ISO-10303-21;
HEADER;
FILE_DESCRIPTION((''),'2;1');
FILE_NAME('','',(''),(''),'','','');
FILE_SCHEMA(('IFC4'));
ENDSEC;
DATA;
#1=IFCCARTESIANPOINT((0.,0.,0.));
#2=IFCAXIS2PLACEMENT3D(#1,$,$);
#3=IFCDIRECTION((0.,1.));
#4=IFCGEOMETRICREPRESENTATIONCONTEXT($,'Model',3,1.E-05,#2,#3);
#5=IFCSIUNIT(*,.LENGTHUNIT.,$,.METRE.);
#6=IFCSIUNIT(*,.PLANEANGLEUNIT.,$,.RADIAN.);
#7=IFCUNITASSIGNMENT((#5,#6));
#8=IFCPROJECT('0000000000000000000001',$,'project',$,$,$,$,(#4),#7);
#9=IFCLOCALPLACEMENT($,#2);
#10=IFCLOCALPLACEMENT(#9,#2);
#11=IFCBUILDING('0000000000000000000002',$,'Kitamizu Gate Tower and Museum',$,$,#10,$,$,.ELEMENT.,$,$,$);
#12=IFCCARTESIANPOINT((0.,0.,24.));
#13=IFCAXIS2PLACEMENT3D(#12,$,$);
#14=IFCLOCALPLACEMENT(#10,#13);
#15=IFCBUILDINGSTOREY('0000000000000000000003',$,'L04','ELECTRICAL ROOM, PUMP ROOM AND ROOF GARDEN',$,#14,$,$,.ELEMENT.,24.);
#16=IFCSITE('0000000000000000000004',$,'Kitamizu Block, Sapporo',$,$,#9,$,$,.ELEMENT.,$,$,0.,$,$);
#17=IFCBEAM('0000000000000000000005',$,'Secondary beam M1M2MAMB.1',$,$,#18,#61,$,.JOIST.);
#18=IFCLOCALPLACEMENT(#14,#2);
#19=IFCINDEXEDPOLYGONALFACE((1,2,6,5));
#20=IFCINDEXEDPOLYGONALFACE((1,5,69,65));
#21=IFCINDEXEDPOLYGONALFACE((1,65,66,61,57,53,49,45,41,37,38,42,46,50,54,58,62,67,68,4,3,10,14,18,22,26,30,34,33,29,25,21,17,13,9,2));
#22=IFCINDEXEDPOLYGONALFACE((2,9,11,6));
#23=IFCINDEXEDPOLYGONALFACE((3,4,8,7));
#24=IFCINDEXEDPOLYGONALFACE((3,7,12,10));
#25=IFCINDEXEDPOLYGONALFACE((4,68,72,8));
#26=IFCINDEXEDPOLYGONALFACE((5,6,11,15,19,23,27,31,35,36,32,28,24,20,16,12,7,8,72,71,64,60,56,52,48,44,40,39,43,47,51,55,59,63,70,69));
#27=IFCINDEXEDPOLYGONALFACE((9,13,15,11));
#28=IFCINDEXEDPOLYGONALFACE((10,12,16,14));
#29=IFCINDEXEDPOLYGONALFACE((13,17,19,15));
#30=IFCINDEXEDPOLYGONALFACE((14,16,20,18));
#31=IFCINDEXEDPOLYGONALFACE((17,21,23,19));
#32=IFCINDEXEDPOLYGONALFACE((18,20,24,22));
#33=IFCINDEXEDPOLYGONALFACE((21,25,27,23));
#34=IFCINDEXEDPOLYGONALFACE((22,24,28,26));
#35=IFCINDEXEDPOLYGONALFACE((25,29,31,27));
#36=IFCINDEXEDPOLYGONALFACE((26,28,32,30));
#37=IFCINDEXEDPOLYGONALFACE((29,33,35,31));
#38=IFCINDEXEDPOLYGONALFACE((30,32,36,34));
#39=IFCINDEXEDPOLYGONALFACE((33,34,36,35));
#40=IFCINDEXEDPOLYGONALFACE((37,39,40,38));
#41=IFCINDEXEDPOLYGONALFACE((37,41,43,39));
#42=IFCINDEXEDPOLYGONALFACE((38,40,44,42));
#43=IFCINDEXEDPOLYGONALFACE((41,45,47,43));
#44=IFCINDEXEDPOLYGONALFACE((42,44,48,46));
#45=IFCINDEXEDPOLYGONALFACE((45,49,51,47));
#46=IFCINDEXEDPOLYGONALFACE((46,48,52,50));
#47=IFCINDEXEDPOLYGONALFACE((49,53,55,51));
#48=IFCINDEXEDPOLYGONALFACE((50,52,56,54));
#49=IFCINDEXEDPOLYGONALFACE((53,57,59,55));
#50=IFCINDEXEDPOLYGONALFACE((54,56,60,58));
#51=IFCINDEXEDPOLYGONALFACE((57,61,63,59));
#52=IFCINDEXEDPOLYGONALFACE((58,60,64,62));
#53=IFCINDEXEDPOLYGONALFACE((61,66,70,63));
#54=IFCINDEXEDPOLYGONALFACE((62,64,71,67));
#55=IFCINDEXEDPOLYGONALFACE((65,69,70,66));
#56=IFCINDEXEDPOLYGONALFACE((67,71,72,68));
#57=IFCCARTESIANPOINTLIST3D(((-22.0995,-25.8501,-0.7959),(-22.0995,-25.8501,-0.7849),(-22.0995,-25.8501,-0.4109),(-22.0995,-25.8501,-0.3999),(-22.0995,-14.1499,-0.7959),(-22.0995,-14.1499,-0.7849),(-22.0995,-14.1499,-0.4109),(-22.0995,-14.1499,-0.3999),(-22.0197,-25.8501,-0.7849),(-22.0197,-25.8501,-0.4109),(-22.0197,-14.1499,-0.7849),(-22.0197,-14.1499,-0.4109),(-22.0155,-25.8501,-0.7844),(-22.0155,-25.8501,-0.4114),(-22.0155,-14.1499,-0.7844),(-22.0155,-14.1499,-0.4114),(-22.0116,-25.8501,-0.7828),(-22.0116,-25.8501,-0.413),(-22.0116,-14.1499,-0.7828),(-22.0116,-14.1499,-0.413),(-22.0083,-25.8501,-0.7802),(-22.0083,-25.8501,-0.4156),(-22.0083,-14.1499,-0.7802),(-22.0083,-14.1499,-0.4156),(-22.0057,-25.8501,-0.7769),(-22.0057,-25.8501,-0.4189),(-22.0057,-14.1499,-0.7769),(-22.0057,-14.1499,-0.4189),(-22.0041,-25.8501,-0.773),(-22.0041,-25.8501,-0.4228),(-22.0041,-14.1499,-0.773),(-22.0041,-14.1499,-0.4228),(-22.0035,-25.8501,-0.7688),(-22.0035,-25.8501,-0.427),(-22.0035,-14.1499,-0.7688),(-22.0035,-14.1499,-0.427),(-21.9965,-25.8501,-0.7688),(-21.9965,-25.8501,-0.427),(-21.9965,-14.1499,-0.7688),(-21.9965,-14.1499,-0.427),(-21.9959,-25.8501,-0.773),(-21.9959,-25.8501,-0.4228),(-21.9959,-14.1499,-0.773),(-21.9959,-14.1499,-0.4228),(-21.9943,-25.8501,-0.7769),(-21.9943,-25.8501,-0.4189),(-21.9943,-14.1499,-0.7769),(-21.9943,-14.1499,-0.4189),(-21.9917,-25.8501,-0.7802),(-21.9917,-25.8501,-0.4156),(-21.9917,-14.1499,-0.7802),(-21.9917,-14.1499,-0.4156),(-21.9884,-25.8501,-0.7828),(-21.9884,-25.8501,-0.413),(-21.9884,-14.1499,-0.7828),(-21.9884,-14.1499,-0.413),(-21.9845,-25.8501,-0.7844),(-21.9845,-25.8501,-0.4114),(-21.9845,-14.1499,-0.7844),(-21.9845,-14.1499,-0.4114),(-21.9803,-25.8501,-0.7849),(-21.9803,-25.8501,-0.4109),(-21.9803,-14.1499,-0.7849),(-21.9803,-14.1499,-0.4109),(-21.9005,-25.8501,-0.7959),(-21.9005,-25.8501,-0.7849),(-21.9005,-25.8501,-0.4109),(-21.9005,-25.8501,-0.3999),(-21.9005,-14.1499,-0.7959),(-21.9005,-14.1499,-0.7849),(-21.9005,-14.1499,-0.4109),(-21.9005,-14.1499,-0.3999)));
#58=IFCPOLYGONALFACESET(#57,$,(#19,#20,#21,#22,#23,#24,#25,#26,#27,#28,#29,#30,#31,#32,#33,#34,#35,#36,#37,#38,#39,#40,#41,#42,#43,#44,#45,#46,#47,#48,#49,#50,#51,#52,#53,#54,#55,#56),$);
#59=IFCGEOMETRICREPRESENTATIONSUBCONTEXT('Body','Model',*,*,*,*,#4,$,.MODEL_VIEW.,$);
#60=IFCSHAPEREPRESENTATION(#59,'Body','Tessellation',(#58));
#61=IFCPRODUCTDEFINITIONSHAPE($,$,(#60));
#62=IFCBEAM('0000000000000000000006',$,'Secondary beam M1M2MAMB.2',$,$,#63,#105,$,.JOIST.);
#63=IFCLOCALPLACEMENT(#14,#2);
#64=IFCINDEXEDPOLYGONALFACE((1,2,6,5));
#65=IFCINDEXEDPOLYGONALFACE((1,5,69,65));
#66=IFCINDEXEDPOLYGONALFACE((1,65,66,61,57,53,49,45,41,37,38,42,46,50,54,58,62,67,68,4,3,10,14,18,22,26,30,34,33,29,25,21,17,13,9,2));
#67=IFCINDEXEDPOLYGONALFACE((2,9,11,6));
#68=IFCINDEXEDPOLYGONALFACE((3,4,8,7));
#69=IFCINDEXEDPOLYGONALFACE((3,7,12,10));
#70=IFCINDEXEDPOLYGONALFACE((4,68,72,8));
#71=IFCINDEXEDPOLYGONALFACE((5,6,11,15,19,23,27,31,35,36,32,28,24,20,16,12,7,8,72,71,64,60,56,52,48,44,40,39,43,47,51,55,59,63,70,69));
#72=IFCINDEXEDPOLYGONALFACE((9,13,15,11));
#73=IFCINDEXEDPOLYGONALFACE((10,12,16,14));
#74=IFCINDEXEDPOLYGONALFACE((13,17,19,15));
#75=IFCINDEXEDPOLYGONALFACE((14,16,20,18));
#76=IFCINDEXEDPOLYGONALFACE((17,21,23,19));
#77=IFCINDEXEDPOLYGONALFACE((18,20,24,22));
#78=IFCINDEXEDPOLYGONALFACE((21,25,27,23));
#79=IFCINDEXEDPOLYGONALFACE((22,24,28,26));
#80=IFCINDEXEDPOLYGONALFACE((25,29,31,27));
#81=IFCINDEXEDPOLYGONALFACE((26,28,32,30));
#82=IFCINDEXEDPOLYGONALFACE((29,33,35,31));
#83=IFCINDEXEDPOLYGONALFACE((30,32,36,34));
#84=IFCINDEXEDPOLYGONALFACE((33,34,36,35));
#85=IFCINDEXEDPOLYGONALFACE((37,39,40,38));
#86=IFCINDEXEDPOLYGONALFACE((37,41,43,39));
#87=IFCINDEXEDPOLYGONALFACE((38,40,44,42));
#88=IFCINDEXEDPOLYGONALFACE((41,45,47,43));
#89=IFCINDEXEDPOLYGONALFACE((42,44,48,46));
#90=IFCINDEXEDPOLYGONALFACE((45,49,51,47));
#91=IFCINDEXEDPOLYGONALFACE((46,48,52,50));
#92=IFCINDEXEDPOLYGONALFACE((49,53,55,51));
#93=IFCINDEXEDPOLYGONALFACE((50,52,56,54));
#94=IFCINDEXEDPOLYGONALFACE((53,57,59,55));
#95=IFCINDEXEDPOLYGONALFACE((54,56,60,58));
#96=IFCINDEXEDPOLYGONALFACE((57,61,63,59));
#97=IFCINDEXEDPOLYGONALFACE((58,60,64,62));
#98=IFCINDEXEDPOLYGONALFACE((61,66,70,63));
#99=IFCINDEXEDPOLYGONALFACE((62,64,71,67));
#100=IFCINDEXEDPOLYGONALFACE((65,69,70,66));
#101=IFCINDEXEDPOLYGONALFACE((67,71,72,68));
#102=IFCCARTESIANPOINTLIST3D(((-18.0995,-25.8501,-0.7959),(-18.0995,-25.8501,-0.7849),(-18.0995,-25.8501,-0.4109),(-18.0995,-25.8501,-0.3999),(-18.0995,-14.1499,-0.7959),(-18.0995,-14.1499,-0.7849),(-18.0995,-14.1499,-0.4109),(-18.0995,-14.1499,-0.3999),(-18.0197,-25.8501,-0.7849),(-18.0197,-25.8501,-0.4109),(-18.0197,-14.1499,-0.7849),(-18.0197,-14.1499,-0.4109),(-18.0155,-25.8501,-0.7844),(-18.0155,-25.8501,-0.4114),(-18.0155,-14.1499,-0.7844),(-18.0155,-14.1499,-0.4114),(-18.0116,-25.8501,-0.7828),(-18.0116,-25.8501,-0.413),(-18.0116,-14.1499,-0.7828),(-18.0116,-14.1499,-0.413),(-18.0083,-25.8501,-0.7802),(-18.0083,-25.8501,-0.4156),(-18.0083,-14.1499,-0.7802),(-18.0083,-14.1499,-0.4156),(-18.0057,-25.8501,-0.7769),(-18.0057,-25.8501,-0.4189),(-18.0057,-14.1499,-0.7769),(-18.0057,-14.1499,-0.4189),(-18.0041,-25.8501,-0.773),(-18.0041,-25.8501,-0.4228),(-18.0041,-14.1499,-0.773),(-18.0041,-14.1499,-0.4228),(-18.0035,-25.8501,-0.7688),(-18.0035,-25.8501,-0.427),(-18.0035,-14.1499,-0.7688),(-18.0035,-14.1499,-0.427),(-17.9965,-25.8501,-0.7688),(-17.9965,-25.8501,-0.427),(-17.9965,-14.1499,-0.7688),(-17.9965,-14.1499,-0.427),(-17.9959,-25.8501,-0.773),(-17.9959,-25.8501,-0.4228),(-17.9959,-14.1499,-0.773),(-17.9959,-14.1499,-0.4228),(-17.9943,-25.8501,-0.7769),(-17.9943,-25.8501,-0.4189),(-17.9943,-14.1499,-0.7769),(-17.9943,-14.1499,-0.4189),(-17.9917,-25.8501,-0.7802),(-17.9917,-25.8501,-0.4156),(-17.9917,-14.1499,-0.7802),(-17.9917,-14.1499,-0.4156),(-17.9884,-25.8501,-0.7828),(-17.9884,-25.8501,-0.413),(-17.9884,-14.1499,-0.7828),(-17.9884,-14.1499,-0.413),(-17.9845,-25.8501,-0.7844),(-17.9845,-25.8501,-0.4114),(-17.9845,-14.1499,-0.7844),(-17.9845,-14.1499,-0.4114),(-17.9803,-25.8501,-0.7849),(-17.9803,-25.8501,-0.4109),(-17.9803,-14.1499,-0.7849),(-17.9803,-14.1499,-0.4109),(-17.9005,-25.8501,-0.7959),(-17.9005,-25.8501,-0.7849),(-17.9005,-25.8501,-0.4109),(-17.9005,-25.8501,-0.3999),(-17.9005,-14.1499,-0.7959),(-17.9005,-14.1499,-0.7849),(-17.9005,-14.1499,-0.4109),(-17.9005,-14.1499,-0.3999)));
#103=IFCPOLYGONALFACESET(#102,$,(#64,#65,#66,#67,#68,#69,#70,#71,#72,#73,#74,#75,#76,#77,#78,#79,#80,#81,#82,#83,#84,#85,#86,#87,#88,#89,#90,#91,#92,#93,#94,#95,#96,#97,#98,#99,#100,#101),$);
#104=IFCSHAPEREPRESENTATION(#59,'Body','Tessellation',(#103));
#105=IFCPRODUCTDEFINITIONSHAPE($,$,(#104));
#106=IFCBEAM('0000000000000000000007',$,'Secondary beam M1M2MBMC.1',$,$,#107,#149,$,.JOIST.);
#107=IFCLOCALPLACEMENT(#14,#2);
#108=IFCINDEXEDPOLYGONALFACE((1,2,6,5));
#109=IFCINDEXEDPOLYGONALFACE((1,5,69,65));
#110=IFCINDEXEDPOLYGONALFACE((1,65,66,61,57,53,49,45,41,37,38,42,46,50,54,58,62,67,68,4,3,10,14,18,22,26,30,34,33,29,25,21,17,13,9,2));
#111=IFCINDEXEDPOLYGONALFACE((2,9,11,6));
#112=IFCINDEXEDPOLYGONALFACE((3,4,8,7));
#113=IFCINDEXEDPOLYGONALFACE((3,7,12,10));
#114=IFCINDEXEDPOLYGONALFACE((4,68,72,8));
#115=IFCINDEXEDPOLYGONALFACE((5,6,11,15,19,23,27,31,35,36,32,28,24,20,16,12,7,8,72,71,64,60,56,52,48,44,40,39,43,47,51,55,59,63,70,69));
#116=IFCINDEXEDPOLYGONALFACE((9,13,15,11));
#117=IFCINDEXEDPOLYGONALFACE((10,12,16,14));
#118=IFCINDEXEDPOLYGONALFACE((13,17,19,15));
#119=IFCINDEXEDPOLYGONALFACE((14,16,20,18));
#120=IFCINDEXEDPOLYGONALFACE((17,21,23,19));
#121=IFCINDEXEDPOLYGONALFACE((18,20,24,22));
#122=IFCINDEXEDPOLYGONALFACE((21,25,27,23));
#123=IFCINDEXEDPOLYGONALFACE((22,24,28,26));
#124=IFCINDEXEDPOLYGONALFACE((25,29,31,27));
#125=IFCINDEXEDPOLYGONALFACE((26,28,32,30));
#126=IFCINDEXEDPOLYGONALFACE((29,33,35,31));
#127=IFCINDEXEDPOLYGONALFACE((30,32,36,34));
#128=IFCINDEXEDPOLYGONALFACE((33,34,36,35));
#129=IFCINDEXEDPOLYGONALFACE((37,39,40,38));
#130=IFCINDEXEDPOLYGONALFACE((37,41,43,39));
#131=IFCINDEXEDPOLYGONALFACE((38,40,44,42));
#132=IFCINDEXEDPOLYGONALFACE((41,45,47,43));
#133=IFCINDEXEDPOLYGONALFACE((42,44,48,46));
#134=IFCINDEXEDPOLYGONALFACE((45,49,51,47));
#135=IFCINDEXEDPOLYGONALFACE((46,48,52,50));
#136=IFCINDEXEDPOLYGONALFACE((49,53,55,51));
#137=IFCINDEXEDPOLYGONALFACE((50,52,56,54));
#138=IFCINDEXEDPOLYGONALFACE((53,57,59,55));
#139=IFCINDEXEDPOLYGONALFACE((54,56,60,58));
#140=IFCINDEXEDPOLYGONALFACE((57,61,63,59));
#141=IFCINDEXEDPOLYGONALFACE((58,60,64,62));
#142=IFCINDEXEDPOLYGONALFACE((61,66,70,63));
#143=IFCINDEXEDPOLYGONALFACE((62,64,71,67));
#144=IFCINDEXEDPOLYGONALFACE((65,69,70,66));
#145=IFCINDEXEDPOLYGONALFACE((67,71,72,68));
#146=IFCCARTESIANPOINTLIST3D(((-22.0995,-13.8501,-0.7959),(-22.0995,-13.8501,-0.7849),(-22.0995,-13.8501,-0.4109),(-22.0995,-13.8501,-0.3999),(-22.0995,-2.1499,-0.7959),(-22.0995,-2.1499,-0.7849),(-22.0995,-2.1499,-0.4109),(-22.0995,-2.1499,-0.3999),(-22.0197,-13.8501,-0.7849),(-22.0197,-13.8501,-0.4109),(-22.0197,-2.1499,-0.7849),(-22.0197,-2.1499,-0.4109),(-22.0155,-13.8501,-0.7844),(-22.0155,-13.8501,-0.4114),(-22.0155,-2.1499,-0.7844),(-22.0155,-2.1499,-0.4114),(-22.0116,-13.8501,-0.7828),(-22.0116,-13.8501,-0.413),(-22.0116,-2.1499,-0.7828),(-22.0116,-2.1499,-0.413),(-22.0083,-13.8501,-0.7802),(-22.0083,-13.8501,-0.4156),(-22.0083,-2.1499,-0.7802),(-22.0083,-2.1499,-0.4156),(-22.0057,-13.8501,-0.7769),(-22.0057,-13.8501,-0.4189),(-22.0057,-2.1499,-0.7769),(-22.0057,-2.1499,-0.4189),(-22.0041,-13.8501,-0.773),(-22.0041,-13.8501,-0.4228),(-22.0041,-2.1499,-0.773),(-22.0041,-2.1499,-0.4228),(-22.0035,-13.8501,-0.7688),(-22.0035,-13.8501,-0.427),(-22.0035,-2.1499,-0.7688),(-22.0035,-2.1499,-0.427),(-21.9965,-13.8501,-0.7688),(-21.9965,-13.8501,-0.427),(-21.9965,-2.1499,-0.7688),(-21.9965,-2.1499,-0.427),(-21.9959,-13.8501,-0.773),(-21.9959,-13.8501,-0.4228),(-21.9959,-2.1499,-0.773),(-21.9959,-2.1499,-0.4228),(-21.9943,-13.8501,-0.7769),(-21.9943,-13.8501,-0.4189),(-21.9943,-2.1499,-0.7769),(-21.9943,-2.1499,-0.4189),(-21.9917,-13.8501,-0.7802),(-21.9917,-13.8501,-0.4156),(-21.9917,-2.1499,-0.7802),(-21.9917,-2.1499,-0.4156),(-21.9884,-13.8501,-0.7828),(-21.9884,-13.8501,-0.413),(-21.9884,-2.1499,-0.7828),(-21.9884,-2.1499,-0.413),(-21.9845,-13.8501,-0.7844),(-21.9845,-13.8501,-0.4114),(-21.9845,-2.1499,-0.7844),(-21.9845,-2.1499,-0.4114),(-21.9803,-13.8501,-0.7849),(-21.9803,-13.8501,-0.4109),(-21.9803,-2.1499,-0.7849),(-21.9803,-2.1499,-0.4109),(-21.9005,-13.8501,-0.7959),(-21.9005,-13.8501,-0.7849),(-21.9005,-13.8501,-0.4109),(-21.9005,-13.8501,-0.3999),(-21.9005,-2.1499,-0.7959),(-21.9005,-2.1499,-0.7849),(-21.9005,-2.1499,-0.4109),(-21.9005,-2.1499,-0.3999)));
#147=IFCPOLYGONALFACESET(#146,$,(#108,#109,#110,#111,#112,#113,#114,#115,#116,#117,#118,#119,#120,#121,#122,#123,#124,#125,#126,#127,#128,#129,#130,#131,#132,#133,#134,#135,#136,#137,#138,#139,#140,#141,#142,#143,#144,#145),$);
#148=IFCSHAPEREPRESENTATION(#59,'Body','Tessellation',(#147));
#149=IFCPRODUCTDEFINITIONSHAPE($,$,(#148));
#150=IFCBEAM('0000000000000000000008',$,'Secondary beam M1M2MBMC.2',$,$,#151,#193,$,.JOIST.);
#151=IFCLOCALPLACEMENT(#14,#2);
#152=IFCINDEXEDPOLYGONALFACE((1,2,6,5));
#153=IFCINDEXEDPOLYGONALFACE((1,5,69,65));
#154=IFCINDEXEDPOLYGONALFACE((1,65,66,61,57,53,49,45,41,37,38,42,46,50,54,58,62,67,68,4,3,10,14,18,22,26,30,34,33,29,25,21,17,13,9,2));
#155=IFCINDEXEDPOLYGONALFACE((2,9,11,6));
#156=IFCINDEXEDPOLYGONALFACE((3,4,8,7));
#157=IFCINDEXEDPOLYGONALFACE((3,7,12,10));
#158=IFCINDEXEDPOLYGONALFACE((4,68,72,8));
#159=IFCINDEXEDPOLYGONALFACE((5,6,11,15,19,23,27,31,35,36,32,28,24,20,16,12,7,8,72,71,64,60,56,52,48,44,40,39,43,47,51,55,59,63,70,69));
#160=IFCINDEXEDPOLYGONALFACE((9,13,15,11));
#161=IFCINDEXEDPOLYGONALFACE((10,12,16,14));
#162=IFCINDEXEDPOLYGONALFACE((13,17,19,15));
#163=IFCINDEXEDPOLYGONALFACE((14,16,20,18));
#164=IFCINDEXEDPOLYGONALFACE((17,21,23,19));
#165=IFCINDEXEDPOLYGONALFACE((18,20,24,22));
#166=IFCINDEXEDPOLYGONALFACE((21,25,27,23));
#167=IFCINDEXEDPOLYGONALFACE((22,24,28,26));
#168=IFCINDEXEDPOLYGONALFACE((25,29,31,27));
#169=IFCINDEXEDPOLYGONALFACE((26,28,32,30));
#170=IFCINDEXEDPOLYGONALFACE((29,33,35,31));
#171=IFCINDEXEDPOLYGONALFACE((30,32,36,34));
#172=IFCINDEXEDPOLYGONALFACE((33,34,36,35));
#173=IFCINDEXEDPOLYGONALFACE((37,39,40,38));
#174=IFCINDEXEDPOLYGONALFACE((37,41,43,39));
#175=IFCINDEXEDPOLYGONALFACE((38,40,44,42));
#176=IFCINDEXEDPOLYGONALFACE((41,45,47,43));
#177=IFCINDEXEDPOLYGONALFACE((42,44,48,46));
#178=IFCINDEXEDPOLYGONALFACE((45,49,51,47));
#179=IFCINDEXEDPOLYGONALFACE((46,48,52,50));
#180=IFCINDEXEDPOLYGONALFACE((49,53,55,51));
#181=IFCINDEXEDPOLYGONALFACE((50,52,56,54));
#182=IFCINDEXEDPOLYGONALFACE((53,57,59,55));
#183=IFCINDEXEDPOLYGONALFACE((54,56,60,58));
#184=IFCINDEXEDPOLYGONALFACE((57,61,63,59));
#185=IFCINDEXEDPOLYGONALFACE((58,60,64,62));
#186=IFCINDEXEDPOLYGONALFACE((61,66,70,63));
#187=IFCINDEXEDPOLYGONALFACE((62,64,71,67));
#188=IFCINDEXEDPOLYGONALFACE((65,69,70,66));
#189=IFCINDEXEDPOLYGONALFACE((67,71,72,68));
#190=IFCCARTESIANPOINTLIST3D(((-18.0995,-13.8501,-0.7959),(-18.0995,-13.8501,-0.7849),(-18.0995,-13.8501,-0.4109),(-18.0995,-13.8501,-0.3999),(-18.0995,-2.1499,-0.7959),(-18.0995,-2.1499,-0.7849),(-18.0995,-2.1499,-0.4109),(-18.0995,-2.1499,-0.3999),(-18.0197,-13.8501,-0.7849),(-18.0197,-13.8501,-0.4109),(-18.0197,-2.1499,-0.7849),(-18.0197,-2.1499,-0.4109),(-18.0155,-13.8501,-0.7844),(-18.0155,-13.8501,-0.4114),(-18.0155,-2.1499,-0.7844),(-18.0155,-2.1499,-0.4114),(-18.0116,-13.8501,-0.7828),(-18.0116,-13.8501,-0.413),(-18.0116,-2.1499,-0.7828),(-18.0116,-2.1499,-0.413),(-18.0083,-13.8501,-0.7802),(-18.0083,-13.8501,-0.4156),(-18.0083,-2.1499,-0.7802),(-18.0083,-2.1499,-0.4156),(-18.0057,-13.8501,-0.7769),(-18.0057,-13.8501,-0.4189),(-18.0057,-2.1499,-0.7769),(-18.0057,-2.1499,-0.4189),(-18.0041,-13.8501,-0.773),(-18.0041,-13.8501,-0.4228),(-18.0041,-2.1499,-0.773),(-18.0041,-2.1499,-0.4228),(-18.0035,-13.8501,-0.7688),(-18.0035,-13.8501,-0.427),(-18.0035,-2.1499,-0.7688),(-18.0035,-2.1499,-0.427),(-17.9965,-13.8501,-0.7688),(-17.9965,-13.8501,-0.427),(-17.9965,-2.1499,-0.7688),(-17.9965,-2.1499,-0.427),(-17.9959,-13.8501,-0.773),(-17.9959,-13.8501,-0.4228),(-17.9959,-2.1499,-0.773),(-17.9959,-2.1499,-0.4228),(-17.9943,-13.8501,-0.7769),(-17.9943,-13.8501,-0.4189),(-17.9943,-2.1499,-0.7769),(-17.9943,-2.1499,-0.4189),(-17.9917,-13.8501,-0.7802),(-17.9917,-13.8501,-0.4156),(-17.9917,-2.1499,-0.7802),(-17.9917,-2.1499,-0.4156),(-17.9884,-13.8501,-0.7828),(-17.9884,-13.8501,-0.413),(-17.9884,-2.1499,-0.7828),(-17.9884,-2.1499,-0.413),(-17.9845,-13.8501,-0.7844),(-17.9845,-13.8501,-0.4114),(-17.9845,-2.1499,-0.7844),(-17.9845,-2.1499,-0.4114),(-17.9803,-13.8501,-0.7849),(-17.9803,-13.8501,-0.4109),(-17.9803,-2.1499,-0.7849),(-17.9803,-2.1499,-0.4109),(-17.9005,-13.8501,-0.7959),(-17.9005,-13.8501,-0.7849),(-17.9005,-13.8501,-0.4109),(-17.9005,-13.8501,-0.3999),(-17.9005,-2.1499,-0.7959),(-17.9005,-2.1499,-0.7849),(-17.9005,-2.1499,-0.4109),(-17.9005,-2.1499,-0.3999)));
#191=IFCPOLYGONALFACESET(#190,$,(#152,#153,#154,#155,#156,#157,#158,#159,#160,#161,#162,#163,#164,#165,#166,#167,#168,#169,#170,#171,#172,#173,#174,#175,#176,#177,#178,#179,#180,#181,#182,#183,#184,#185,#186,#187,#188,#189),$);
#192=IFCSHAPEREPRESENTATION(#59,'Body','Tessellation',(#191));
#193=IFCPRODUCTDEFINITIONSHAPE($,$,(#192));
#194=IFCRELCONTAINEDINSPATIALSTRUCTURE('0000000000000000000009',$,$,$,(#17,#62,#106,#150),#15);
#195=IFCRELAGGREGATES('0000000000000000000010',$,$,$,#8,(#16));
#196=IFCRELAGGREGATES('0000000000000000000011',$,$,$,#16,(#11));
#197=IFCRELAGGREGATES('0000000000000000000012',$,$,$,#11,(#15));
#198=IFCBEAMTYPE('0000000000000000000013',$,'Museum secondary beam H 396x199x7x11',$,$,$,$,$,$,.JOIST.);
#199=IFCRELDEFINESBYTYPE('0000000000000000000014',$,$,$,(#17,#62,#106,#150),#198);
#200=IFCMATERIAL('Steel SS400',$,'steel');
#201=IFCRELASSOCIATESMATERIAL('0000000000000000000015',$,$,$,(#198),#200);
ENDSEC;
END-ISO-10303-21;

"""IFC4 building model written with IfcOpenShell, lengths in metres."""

from ifc_helpers import new_model, si_unit, direction, frame, origin, origin_2d, place, context, subcontext, project, spatial, i_section, extrude, material, material_profile, profile_set, type_object, element, save


model = new_model("IFC4")

# Units and contexts
model_context = context("Model", 3, precision=1e-05, world=origin(), true_north=direction((0.0, 1.0)))
body_context = subcontext(model_context, "Body", "Model", "MODEL_VIEW")
ifc_project = project(units=[si_unit("LENGTHUNIT", "METRE"), si_unit("PLANEANGLEUNIT", "RADIAN")], contexts=[model_context])

# Site, building, storey
site_placement = place(None, origin())
site = spatial("IfcSite", under=ifc_project, at=site_placement, Name="Kitamizu Block, Sapporo", CompositionType="ELEMENT", RefElevation=0.0)
building_placement = place(site_placement, origin())
building = spatial("IfcBuilding", under=site, at=building_placement, Name="Kitamizu Gate Tower and Museum", CompositionType="ELEMENT")
storey_placement = place(building_placement, frame((0.0, 0.0, 24.0)))
storey = spatial("IfcBuildingStorey", under=building, at=storey_placement, Name="L04", Description="ELECTRICAL ROOM, PUMP ROOM AND ROOF GARDEN", CompositionType="ELEMENT", Elevation=24.0)

# Beams
ifc_material_1 = material(Name="Steel SS400", Category="steel")
ifc_material_profile_1 = material_profile(ifc_material_1, i_section(OverallWidth=0.199, OverallDepth=0.396, WebThickness=0.0071, FlangeThickness=0.011, FilletRadius=0.0161, at=origin_2d()), Name="H-396x199x7x11")
ifc_profile_set_1 = profile_set([ifc_material_profile_1], Name="Steel SS400")
beam_type_1 = type_object("IfcBeamType", Name="Museum secondary beam H 396x199x7x11", PredefinedType="JOIST", material=ifc_profile_set_1)
for number, where, z_axis, x_axis, name in (
    (1, (-22.0, -25.8501, -0.5979), (0.0, 1.0, 0.0), (-1.0, 0.0, 0.0), "Secondary beam M1M2MAMB.1"),
    (2, (-18.0, -25.8501, -0.5979), (0.0, 1.0, 0.0), (-1.0, 0.0, 0.0), "Secondary beam M1M2MAMB.2"),
    (3, (-22.0, -13.8501, -0.5979), (0.0, 1.0, 0.0), (-1.0, 0.0, 0.0), "Secondary beam M1M2MBMC.1"),
    (4, (-18.0, -13.8501, -0.5979), (0.0, 1.0, 0.0), (-1.0, 0.0, 0.0), "Secondary beam M1M2MBMC.2"),
):
    element("IfcBeam", number, at=place(storey_placement, frame(where, z_axis=z_axis, x_axis=x_axis)), inside=storey, type_object=beam_type_1, Name=name, PredefinedType="JOIST", context=body_context, shape_type="SweptSolid", body=[
        extrude(i_section(OverallWidth=0.199, OverallDepth=0.396, WebThickness=0.0071, FlangeThickness=0.011, FilletRadius=0.0161, at=origin_2d()), origin(), (0.0, 0.0, 1.0), 11.7002),
    ])

save(model, "model.ifc")
